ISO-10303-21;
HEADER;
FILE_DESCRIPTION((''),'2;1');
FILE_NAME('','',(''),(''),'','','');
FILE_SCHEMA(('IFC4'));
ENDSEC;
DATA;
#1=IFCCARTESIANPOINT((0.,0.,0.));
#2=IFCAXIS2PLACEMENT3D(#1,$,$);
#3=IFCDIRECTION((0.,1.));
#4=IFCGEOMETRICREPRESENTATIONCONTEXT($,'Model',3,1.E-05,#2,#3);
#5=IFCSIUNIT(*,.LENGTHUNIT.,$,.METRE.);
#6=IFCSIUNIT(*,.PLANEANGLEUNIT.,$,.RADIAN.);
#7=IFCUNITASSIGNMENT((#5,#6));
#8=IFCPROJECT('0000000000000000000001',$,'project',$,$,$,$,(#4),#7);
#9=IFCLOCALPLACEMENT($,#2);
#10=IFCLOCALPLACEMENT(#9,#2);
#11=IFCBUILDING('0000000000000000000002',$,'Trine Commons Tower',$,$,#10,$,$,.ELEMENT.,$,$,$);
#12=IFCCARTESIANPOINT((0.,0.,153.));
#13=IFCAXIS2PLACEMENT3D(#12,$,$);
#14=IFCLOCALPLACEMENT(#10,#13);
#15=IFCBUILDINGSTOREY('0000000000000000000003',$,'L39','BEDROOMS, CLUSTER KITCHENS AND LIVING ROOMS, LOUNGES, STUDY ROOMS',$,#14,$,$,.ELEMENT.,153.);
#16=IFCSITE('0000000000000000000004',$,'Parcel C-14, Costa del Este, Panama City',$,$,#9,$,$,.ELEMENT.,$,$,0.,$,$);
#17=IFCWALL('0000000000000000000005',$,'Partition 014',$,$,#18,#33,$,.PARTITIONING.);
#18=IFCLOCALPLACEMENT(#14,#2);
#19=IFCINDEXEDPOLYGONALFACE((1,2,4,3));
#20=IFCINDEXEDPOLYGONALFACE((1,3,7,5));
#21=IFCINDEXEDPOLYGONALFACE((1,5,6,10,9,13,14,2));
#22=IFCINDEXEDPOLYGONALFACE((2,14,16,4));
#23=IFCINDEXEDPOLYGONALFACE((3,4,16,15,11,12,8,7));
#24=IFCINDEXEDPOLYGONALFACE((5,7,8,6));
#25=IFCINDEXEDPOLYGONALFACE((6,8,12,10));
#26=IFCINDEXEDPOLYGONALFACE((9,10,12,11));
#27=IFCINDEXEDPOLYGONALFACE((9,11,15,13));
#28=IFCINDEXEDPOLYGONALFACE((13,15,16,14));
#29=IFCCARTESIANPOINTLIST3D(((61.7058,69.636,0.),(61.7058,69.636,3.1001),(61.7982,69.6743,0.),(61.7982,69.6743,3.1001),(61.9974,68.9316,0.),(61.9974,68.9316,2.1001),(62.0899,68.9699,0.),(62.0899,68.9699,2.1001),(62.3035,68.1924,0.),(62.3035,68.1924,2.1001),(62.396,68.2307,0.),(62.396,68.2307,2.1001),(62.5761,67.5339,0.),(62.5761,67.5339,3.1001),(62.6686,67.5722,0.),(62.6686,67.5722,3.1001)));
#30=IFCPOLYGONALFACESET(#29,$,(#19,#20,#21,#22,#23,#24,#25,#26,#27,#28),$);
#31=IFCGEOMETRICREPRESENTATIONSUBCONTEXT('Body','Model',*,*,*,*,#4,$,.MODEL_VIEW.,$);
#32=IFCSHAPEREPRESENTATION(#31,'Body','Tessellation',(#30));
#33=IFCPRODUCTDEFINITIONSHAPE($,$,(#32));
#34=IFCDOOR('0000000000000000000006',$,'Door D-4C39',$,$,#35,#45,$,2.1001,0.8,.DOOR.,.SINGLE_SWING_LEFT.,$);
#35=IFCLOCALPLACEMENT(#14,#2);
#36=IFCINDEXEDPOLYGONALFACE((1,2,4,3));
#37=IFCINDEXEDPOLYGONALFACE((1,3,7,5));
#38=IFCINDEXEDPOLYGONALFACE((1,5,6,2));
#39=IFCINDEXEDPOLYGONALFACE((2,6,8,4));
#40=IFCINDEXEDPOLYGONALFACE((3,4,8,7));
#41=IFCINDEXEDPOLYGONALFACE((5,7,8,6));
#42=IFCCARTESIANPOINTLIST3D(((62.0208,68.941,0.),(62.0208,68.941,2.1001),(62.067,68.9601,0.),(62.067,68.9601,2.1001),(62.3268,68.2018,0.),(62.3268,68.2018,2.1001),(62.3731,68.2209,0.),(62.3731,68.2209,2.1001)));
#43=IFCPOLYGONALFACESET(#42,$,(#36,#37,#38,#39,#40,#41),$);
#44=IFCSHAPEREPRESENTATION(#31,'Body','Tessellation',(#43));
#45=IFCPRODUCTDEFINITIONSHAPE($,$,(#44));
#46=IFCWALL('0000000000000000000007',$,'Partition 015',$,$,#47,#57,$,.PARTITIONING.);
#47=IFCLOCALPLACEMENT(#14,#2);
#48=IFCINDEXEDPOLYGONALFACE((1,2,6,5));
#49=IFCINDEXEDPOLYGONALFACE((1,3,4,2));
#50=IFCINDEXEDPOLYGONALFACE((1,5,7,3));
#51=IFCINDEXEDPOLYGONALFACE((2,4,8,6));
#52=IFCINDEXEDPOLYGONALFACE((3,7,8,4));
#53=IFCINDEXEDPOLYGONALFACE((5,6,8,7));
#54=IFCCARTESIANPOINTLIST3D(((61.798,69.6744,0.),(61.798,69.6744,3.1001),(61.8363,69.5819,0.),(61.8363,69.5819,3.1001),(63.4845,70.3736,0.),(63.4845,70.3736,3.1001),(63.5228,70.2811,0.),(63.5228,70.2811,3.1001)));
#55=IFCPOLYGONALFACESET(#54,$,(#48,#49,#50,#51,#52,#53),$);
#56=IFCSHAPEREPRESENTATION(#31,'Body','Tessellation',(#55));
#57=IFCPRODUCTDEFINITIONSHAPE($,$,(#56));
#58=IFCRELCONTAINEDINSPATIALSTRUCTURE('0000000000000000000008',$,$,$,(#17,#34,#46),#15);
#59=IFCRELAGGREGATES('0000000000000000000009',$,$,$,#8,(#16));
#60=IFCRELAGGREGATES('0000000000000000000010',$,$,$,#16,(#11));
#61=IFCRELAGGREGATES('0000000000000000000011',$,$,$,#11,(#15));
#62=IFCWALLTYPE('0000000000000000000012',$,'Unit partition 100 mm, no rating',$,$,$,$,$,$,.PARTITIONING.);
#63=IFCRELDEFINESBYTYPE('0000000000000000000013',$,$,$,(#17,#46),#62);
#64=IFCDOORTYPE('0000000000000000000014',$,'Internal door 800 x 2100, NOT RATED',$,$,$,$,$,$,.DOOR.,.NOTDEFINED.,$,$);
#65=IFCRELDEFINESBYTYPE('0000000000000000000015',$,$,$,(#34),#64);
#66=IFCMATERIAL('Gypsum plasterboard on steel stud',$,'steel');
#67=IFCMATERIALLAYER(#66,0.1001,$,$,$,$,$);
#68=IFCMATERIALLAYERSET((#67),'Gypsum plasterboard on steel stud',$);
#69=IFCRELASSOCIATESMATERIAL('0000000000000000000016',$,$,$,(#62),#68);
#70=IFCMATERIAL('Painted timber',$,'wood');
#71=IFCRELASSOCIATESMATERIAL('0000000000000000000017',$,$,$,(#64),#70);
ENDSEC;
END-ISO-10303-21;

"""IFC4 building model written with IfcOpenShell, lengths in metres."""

from ifc_helpers import new_model, si_unit, direction, frame, frame_2d, origin, place, context, subcontext, project, spatial, rectangle, extrude, material, layer, layer_set, type_object, element, fill, save


model = new_model("IFC4")

# Units and contexts
model_context = context("Model", 3, precision=1e-05, world=origin(), true_north=direction((0.0, 1.0)))
body_context = subcontext(model_context, "Body", "Model", "MODEL_VIEW")
ifc_project = project(units=[si_unit("LENGTHUNIT", "METRE"), si_unit("PLANEANGLEUNIT", "RADIAN")], contexts=[model_context])

# Site, building, storey
site_placement = place(None, origin())
site = spatial("IfcSite", under=ifc_project, at=site_placement, Name="Parcel C-14, Costa del Este, Panama City", CompositionType="ELEMENT", RefElevation=0.0)
building_placement = place(site_placement, origin())
building = spatial("IfcBuilding", under=site, at=building_placement, Name="Trine Commons Tower", CompositionType="ELEMENT")
storey_placement = place(building_placement, frame((0.0, 0.0, 153.0)))
storey = spatial("IfcBuildingStorey", under=building, at=storey_placement, Name="L39", Description="BEDROOMS, CLUSTER KITCHENS AND LIVING ROOMS, LOUNGES, STUDY ROOMS", CompositionType="ELEMENT", Elevation=153.0)

# Shared definitions
ifc_material_1 = material(Name="Gypsum plasterboard on steel stud", Category="steel")

# Shared definitions
ifc_layer_1 = layer(ifc_material_1, 0.1001)
ifc_layer_set_1 = layer_set([ifc_layer_1], Name="Gypsum plasterboard on steel stud")
wall_type_1 = type_object("IfcWallType", Name="Unit partition 100 mm, no rating", PredefinedType="PARTITIONING", material=ifc_layer_set_1)

# Wall, opening, door
ifc_material_2 = material(Name="Painted timber", Category="wood")
door_type_1 = type_object("IfcDoorType", Name="Internal door 800 x 2100, NOT RATED", OperationType="NOTDEFINED", PredefinedType="DOOR", material=ifc_material_2)
wall_1_placement = place(storey_placement, frame((61.752, 69.6553, 0.0), z_axis=(0.0, 0.0, 1.0), x_axis=(0.382557, -0.923932, 0.0)))
wall_1 = element("IfcWall", 1, at=wall_1_placement, inside=storey, type_object=wall_type_1, Name="Partition 014", PredefinedType="PARTITIONING", context=body_context, shape_type="SweptSolid", body=[
    extrude(rectangle(XDim=2.2751, YDim=0.1001, at=frame_2d((1.1377, 0.0))), origin(), (0.0, 0.0, 1.0), 3.1001),
])
opening_1_placement = place(wall_1_placement, frame((0.7627, 0.0, 0.0)))
opening_1 = element("IfcOpeningElement", 2, at=opening_1_placement, cuts=wall_1, PredefinedType="OPENING", context=body_context, shape_type="SweptSolid", body=[
    extrude(rectangle(XDim=0.8, YDim=2.1001, at=frame_2d((0.3999, 1.05))), frame((0.0, 0.0601, 0.0), z_axis=(0.0, -1.0, 0.0), x_axis=(1.0, 0.0, 0.0)), (0.0, 0.0, 1.0), 0.1201),
])
door_1_placement = place(opening_1_placement, frame((0.8, 0.0, 0.0), z_axis=(0.0, 0.0, 1.0), x_axis=(-1.0, 0.0, 0.0)))
door_1 = element("IfcDoor", 3, at=door_1_placement, inside=storey, type_object=door_type_1, Name="Door D-4C39", OperationType="SINGLE_SWING_LEFT", OverallHeight=2.1001, OverallWidth=0.8, PredefinedType="DOOR", context=body_context, shape_type="SweptSolid", body=[
    extrude(rectangle(XDim=0.8, YDim=2.1001, at=frame_2d((0.3999, 1.05))), frame((0.0, 0.0249, 0.0), z_axis=(0.0, -1.0, 0.0), x_axis=(1.0, 0.0, 0.0)), (0.0, 0.0, 1.0), 0.05),
])
fill(opening_1, door_1)

# Wall
wall_2_placement = place(storey_placement, frame((61.8171, 69.6282, 0.0), z_axis=(0.0, 0.0, 1.0), x_axis=(0.923756, 0.382982, 0.0)))
element("IfcWall", 4, at=wall_2_placement, inside=storey, type_object=wall_type_1, Name="Partition 015", PredefinedType="PARTITIONING", context=body_context, shape_type="SweptSolid", body=[
    extrude(rectangle(XDim=1.8257, YDim=0.1001, at=frame_2d((0.9128, 0.0))), origin(), (0.0, 0.0, 1.0), 3.1001),
])

save(model, "model.ifc")
